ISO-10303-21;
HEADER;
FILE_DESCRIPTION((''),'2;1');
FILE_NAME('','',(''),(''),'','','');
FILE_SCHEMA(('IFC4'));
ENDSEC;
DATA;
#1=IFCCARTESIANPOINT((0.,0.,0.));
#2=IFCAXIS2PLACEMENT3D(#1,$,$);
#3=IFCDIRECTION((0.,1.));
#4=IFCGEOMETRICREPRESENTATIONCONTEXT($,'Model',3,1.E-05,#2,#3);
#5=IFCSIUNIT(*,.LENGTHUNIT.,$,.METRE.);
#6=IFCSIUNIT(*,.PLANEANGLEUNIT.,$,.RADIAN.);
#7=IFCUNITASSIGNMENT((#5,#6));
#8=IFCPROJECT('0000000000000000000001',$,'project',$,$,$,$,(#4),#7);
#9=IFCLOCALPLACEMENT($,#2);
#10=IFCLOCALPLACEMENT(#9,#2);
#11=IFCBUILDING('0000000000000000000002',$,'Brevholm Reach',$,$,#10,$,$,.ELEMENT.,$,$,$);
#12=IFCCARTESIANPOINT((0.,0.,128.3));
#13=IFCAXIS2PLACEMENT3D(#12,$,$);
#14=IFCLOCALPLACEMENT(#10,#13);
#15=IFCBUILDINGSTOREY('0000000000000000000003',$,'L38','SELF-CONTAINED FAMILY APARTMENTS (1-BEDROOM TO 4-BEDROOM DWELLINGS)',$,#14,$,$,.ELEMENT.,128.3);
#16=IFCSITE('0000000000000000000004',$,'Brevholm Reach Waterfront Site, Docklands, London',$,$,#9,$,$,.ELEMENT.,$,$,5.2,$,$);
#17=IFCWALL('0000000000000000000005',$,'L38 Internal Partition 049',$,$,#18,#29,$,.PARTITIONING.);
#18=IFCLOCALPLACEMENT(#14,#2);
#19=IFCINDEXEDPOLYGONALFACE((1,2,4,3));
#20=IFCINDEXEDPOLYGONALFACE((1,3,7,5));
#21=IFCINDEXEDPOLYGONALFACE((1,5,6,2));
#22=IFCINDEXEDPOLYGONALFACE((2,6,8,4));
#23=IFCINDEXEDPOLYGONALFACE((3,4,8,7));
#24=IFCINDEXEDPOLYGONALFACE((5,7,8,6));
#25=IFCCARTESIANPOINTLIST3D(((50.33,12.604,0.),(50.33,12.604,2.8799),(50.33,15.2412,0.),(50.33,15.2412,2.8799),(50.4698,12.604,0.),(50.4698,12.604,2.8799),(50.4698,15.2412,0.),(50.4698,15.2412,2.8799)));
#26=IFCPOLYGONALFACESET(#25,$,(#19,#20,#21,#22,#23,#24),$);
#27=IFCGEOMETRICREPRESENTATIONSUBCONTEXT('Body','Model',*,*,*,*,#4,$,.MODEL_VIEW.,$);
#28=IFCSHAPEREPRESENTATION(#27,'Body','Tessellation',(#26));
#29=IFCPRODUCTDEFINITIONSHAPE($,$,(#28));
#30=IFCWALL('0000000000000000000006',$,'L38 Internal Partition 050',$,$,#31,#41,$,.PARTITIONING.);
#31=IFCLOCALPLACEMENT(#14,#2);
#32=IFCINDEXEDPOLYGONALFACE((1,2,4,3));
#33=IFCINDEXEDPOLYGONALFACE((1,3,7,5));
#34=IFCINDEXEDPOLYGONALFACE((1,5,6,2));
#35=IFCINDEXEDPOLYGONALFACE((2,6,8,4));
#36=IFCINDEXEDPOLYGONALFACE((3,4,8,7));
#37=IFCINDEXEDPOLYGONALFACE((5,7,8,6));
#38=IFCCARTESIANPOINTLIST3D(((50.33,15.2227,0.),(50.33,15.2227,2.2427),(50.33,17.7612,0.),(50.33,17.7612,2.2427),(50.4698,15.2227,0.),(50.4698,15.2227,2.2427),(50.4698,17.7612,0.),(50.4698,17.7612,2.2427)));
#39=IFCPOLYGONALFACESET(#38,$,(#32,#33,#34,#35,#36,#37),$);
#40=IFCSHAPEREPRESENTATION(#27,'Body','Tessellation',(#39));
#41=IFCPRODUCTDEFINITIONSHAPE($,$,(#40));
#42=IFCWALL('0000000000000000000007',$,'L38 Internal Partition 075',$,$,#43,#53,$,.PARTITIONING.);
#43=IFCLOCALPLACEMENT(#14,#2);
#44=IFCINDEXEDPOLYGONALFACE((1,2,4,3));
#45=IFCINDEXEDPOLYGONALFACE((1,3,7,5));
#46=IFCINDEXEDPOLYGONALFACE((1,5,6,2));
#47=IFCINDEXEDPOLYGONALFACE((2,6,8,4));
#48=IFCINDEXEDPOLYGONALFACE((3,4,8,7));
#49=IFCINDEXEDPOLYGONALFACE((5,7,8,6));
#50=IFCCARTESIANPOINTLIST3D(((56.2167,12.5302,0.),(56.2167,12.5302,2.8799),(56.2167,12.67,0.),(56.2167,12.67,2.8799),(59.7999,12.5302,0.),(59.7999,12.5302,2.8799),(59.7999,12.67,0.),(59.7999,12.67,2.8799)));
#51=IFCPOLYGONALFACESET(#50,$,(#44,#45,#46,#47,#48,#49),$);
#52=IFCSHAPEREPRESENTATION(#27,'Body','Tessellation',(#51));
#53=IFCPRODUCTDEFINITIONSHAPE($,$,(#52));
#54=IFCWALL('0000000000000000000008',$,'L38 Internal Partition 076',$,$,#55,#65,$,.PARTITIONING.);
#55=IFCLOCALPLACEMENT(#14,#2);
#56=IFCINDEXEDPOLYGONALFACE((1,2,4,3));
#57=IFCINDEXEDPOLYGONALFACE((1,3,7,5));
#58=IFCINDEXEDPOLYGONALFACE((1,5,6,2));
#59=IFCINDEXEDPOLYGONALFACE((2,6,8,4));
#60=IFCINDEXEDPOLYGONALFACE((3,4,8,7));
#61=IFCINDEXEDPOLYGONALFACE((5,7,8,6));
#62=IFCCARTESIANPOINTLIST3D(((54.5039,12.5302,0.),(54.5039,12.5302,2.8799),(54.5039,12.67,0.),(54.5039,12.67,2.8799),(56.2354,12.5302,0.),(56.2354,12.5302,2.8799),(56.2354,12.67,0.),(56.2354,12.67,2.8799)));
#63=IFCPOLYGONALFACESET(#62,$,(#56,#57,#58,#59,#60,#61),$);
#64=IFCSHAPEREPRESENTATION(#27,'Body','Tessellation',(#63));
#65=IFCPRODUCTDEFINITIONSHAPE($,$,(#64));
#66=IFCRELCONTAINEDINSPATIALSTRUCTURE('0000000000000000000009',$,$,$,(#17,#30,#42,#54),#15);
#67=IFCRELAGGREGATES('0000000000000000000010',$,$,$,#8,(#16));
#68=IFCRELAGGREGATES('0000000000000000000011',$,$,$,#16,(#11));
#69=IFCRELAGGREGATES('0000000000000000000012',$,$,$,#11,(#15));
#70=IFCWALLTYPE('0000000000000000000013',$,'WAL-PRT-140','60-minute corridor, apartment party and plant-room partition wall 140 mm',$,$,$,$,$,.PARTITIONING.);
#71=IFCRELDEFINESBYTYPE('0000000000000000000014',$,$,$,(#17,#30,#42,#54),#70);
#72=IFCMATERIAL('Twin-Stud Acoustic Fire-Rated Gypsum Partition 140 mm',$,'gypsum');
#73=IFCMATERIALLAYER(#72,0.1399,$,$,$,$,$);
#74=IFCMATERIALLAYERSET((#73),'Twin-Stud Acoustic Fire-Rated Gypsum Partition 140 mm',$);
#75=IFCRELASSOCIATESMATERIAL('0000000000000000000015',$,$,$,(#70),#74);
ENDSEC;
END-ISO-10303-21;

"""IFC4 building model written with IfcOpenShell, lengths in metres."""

from ifc_helpers import new_model, si_unit, direction, frame, frame_2d, origin, place, context, subcontext, project, spatial, rectangle, extrude, material, layer, layer_set, type_object, element, save


model = new_model("IFC4")

# Units and contexts
model_context = context("Model", 3, precision=1e-05, world=origin(), true_north=direction((0.0, 1.0)))
body_context = subcontext(model_context, "Body", "Model", "MODEL_VIEW")
ifc_project = project(units=[si_unit("LENGTHUNIT", "METRE"), si_unit("PLANEANGLEUNIT", "RADIAN")], contexts=[model_context])

# Site, building, storey
site_placement = place(None, origin())
site = spatial("IfcSite", under=ifc_project, at=site_placement, Name="Brevholm Reach Waterfront Site, Docklands, London", CompositionType="ELEMENT", RefElevation=5.2)
building_placement = place(site_placement, origin())
building = spatial("IfcBuilding", under=site, at=building_placement, Name="Brevholm Reach", CompositionType="ELEMENT")
storey_placement = place(building_placement, frame((0.0, 0.0, 128.3)))
storey = spatial("IfcBuildingStorey", under=building, at=storey_placement, Name="L38", Description="SELF-CONTAINED FAMILY APARTMENTS (1-BEDROOM TO 4-BEDROOM DWELLINGS)", CompositionType="ELEMENT", Elevation=128.3)

# Shared definitions
ifc_material_1 = material(Name="Twin-Stud Acoustic Fire-Rated Gypsum Partition 140 mm", Category="gypsum")
ifc_layer_1 = layer(ifc_material_1, 0.1399)
ifc_layer_set_1 = layer_set([ifc_layer_1], Name="Twin-Stud Acoustic Fire-Rated Gypsum Partition 140 mm")
wall_type_1 = type_object("IfcWallType", Name="WAL-PRT-140", Description="60-minute corridor, apartment party and plant-room partition wall 140 mm", PredefinedType="PARTITIONING", material=ifc_layer_set_1)

# Walls
wall_1_placement = place(storey_placement, frame((50.3999, 12.604, 0.0), z_axis=(0.0, 0.0, 1.0), x_axis=(0.0, 1.0, 0.0)))
element("IfcWall", 1, at=wall_1_placement, inside=storey, type_object=wall_type_1, Name="L38 Internal Partition 049", PredefinedType="PARTITIONING", context=body_context, shape_type="SweptSolid", body=[
    extrude(rectangle(XDim=2.6372, YDim=0.1399, at=frame_2d((1.3186, 0.0))), origin(), (0.0, 0.0, 1.0), 2.8799),
])
wall_2_placement = place(storey_placement, frame((50.3999, 15.2227, 0.0), z_axis=(0.0, 0.0, 1.0), x_axis=(0.0, 1.0, 0.0)))
element("IfcWall", 2, at=wall_2_placement, inside=storey, type_object=wall_type_1, Name="L38 Internal Partition 050", PredefinedType="PARTITIONING", context=body_context, shape_type="SweptSolid", body=[
    extrude(rectangle(XDim=2.5386, YDim=0.1399, at=frame_2d((1.2693, 0.0))), origin(), (0.0, 0.0, 1.0), 2.2427),
])
wall_3_placement = place(storey_placement, frame((56.2168, 12.6001, 0.0), z_axis=(0.0, 0.0, 1.0), x_axis=(1.0, 0.0, 0.0)))
element("IfcWall", 3, at=wall_3_placement, inside=storey, type_object=wall_type_1, Name="L38 Internal Partition 075", PredefinedType="PARTITIONING", context=body_context, shape_type="SweptSolid", body=[
    extrude(rectangle(XDim=3.5833, YDim=0.1399, at=frame_2d((1.7915, 0.0))), origin(), (0.0, 0.0, 1.0), 2.8799),
])
wall_4_placement = place(storey_placement, frame((54.5039, 12.6001, 0.0), z_axis=(0.0, 0.0, 1.0), x_axis=(1.0, 0.0, 0.0)))
element("IfcWall", 4, at=wall_4_placement, inside=storey, type_object=wall_type_1, Name="L38 Internal Partition 076", PredefinedType="PARTITIONING", context=body_context, shape_type="SweptSolid", body=[
    extrude(rectangle(XDim=1.7314, YDim=0.1399, at=frame_2d((0.8657, 0.0))), origin(), (0.0, 0.0, 1.0), 2.8799),
])

save(model, "model.ifc")
